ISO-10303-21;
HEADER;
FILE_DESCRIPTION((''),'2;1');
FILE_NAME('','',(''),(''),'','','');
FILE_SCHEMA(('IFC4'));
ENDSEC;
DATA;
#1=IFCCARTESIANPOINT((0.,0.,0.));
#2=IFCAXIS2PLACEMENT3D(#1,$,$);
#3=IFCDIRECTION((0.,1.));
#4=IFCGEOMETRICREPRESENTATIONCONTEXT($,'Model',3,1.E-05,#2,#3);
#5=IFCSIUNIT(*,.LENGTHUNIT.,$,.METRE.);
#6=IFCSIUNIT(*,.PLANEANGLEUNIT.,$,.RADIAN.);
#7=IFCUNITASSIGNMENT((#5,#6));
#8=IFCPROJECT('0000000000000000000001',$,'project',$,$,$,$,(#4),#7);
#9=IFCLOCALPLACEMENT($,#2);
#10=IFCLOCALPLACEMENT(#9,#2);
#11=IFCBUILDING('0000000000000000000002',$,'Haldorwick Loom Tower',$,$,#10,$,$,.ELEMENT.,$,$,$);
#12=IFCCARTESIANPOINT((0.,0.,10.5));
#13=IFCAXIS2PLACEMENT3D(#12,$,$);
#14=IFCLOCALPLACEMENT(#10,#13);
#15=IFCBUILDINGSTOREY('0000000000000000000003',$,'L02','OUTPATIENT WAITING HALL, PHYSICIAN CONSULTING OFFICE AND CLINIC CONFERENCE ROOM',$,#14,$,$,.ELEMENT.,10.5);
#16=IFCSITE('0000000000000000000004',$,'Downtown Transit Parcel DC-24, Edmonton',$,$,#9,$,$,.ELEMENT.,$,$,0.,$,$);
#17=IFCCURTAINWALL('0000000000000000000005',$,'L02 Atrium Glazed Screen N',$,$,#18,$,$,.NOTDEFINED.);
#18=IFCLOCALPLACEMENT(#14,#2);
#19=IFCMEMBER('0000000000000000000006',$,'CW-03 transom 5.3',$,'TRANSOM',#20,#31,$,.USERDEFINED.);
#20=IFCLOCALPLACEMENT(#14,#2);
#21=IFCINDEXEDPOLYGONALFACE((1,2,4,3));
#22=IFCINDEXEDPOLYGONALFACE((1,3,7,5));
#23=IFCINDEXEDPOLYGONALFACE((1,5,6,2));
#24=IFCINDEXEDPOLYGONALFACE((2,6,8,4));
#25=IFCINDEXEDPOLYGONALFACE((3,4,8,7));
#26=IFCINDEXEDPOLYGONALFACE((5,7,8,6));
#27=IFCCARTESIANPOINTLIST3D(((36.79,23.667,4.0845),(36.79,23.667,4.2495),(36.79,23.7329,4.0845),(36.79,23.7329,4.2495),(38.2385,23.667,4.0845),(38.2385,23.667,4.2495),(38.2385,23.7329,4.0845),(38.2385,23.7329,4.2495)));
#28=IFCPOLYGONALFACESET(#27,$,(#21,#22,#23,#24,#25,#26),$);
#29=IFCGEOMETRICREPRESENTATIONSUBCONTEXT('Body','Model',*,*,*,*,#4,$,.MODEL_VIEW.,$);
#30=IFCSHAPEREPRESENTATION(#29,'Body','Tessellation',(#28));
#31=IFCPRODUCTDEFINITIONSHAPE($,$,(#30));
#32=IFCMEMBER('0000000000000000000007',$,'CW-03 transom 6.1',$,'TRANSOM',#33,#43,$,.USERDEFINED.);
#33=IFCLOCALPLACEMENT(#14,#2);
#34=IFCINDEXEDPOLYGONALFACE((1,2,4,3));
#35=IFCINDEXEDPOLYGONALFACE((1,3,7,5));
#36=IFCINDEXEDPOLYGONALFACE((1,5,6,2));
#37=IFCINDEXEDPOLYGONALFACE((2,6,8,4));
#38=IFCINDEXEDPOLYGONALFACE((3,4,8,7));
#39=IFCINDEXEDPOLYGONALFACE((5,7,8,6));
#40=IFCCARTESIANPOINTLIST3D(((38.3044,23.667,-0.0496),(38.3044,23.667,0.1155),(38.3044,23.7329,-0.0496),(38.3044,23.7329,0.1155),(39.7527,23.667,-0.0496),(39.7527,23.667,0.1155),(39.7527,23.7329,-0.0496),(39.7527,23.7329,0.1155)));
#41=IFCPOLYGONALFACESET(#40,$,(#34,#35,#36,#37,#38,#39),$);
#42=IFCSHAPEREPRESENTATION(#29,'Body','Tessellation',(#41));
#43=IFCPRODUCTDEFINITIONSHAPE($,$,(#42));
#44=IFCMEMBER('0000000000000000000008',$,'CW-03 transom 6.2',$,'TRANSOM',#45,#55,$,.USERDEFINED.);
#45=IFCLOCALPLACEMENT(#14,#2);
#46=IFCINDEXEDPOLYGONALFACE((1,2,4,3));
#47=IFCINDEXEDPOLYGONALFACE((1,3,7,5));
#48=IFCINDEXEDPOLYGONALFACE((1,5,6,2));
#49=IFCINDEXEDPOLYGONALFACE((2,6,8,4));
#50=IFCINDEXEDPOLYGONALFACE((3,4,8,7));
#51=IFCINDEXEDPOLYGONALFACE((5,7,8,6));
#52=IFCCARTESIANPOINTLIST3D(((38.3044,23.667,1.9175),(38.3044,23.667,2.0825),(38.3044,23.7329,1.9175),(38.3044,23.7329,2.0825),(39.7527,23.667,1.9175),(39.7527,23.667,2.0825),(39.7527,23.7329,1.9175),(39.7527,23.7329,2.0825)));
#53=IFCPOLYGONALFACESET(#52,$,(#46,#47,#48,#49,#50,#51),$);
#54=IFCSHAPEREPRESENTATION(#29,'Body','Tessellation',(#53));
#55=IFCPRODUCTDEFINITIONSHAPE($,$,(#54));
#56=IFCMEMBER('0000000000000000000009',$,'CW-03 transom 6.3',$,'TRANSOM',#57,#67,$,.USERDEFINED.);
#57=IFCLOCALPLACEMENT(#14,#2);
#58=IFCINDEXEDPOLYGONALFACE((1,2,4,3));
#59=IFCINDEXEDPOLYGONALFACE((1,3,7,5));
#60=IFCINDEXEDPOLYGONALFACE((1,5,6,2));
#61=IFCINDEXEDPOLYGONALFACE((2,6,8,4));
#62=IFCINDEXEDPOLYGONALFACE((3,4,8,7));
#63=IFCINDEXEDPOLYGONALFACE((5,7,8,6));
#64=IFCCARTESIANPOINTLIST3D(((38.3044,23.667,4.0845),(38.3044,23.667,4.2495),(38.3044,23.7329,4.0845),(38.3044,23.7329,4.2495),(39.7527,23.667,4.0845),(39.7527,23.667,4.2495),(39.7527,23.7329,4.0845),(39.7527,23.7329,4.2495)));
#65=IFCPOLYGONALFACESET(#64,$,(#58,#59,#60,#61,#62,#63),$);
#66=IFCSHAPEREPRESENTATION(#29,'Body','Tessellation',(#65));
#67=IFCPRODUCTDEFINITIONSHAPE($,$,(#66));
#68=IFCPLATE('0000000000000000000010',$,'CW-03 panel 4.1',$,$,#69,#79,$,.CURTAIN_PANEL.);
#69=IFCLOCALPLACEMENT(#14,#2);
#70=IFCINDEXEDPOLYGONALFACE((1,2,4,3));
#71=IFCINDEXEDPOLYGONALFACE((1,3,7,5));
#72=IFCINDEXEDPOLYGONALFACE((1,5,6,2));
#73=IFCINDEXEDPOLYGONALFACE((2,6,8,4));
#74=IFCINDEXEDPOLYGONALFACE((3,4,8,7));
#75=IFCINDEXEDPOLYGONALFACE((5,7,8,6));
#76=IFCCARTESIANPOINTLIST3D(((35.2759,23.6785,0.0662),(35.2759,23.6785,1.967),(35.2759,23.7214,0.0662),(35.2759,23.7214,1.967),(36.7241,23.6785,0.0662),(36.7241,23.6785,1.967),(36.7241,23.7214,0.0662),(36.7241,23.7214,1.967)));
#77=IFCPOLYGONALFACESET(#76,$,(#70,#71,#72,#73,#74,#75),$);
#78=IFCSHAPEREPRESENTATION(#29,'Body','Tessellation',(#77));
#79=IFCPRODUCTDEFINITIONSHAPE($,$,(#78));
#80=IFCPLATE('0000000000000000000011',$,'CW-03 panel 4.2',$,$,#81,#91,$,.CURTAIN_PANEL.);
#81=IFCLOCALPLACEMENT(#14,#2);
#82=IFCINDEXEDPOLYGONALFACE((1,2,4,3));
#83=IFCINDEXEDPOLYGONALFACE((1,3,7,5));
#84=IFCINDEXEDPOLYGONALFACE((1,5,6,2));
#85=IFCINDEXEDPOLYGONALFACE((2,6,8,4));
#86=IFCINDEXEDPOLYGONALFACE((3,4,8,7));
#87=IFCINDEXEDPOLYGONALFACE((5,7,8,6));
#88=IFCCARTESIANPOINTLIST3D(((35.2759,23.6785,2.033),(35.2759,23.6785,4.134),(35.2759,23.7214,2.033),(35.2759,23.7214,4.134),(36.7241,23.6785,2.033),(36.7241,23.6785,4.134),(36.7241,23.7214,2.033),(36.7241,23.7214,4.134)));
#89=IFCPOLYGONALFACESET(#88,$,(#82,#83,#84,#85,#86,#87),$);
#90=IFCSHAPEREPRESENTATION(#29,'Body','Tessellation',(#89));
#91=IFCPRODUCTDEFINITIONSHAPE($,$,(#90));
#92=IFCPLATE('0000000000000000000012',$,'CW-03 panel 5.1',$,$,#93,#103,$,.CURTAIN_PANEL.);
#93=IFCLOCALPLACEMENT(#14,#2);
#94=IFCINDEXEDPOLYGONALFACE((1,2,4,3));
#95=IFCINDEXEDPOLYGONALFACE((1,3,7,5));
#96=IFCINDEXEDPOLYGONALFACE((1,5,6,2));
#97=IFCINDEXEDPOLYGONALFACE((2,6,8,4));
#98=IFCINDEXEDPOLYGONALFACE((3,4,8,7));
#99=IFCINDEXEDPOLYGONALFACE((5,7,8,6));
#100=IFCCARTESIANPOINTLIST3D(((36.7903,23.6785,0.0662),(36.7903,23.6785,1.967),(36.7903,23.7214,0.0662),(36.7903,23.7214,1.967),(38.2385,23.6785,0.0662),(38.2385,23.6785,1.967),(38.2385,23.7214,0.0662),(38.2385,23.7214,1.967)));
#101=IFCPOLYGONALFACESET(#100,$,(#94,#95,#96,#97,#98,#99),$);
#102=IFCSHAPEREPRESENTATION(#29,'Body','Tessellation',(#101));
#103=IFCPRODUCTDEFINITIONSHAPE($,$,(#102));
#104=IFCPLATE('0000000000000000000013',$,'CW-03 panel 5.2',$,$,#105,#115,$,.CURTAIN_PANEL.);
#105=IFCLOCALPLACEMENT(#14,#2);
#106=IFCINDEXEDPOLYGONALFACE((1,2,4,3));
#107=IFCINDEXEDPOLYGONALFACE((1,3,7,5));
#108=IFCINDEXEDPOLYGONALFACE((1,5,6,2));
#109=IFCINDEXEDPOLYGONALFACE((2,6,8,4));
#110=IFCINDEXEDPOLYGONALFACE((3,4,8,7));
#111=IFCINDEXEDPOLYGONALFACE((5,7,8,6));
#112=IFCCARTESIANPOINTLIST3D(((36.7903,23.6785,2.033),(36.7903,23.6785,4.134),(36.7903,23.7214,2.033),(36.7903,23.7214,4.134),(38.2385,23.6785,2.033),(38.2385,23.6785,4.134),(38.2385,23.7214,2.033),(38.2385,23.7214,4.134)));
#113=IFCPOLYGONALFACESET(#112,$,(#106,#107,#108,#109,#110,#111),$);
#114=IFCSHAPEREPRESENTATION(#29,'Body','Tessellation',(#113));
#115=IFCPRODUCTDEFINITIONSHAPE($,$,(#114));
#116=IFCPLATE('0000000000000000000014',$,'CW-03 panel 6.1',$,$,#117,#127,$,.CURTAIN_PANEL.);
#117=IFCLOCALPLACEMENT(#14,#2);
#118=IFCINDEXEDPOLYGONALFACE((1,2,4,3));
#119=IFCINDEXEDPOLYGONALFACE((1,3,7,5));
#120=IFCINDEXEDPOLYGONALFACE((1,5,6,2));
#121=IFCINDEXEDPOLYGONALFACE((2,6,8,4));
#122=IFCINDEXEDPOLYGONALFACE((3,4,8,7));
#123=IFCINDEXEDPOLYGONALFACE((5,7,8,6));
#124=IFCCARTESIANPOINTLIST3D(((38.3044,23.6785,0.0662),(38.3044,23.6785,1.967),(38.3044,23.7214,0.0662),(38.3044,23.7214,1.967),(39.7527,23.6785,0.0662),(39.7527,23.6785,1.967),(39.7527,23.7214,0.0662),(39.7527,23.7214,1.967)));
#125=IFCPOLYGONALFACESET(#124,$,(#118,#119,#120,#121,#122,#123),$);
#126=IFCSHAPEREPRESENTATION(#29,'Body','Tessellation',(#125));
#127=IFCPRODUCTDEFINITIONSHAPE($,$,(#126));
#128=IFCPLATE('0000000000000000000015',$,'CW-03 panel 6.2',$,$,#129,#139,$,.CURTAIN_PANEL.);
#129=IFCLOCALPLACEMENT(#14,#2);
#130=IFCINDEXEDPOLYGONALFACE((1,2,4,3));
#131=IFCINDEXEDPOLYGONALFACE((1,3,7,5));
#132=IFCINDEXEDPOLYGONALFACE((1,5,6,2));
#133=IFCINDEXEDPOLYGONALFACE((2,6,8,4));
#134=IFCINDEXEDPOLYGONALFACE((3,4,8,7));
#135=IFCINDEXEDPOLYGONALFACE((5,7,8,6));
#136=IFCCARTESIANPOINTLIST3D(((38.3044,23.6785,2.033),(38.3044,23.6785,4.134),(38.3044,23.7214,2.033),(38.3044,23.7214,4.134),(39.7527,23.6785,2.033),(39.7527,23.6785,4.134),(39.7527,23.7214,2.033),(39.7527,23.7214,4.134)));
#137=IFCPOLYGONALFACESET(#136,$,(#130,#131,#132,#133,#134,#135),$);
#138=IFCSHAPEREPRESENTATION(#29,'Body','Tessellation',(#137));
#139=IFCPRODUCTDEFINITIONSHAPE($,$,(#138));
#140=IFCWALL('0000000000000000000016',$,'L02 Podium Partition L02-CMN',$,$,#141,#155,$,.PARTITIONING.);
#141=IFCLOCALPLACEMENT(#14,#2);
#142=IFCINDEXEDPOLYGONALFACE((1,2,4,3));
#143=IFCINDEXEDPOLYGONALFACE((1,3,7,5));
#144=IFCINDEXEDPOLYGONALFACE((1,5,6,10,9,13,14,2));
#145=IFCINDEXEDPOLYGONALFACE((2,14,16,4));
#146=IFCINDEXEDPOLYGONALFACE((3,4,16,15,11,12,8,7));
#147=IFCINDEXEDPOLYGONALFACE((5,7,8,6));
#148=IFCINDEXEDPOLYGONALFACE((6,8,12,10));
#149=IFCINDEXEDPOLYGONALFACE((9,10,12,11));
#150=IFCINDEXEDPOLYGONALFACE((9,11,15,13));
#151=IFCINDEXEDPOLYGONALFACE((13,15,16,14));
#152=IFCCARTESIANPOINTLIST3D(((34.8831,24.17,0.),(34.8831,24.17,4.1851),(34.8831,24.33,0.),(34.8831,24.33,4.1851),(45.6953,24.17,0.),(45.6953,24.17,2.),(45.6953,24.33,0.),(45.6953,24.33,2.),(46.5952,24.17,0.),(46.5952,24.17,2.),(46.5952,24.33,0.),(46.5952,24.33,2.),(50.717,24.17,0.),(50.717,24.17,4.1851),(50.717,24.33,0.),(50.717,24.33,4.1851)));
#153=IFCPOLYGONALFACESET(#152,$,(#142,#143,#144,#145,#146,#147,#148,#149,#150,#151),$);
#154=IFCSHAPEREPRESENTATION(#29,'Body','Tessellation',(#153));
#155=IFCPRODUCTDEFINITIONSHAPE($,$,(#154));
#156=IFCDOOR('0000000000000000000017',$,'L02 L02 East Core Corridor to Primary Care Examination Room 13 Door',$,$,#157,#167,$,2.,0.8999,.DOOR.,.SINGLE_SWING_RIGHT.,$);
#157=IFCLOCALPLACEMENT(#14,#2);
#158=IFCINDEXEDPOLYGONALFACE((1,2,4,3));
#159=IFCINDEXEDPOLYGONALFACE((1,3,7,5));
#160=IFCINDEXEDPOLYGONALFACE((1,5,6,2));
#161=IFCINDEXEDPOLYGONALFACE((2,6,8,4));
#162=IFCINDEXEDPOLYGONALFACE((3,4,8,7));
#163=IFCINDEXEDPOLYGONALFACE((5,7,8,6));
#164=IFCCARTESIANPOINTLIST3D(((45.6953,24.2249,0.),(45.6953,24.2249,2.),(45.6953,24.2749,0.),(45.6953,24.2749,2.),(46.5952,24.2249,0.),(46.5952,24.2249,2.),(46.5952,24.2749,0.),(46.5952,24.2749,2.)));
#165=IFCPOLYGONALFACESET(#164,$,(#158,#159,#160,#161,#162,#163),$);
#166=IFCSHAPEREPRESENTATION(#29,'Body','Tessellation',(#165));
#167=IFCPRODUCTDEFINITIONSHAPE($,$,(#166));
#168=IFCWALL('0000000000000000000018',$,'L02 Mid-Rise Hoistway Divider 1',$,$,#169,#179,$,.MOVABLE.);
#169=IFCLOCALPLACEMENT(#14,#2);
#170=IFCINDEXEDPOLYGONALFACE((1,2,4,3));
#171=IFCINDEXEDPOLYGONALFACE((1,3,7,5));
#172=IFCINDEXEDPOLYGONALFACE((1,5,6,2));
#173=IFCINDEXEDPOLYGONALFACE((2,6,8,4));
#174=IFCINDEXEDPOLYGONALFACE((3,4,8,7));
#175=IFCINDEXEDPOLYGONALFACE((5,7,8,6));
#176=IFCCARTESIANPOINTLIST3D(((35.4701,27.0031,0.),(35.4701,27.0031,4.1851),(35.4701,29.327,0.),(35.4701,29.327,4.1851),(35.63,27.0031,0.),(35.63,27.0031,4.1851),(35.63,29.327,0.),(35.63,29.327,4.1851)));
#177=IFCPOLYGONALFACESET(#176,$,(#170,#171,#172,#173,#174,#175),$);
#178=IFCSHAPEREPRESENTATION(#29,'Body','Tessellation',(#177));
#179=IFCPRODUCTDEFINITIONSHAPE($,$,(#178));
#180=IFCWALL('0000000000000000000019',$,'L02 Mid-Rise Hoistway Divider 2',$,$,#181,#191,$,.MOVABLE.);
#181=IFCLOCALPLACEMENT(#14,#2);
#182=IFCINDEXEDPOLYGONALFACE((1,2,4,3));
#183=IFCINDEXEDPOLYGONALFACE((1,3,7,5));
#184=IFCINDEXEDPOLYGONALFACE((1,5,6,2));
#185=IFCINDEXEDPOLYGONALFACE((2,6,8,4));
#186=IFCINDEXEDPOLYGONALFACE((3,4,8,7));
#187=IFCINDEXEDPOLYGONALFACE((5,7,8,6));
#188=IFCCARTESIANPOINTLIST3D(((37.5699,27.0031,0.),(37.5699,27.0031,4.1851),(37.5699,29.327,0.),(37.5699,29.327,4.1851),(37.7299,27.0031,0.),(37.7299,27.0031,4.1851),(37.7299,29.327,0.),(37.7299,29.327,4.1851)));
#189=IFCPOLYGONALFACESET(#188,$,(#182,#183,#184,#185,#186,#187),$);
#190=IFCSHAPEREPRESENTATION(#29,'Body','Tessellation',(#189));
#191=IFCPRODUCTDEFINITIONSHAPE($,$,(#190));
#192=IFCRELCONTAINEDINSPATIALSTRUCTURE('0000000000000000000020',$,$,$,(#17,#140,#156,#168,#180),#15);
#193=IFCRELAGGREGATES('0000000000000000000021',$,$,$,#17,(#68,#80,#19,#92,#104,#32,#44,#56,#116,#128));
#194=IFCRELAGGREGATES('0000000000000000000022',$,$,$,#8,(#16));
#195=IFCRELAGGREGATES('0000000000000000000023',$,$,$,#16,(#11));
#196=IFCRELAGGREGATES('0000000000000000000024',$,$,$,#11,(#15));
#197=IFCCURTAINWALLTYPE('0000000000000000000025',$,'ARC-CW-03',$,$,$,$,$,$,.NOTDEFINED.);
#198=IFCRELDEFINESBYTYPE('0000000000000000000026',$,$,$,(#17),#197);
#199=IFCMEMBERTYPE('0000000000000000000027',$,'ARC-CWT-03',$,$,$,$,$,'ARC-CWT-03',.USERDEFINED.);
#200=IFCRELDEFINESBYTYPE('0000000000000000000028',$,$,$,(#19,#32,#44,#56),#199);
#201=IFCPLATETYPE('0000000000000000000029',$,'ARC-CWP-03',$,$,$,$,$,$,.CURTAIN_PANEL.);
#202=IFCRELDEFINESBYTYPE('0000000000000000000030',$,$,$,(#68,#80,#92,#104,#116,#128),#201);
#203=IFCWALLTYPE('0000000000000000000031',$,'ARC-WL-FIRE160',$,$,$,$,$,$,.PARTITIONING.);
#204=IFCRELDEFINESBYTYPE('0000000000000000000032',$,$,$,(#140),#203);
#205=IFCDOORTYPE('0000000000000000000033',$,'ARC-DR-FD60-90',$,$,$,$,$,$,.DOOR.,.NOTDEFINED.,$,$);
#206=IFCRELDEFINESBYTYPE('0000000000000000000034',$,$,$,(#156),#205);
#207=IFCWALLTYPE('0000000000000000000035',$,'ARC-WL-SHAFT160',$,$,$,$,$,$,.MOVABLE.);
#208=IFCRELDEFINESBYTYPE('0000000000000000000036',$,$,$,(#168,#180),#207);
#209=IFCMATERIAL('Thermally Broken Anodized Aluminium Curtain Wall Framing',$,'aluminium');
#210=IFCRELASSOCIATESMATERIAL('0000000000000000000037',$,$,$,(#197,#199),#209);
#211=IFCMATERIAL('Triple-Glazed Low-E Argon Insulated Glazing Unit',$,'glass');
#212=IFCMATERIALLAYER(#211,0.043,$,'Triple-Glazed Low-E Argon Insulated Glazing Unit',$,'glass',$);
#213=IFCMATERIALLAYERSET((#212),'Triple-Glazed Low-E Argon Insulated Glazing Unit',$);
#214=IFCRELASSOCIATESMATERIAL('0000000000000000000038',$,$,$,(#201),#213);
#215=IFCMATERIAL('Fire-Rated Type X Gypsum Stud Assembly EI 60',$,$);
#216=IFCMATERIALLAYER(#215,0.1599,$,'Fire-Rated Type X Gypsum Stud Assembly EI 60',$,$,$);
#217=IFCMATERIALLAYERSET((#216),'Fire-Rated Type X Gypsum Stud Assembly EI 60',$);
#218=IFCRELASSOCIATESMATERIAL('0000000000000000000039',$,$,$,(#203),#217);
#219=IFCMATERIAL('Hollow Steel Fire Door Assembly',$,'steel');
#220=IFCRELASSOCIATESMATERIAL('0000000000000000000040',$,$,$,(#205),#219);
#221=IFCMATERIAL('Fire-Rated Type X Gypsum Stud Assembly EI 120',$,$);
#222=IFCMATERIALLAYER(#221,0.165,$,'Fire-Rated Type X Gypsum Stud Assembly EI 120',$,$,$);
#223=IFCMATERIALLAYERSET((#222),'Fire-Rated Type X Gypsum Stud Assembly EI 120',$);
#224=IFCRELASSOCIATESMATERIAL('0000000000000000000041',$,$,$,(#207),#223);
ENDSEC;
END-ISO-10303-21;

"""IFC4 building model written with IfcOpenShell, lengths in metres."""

from ifc_helpers import new_model, si_unit, direction, frame, frame_2d, origin, origin_2d, place, context, subcontext, project, spatial, rectangle, extrude, material, layer, layer_set, material_profile, profile_set, type_object, element, fill, aggregate, save


model = new_model("IFC4")

# Units and contexts
model_context = context("Model", 3, precision=1e-05, world=origin(), true_north=direction((0.0, 1.0)))
body_context = subcontext(model_context, "Body", "Model", "MODEL_VIEW")
ifc_project = project(units=[si_unit("LENGTHUNIT", "METRE"), si_unit("PLANEANGLEUNIT", "RADIAN")], contexts=[model_context])

# Site, building, storey
site_placement = place(None, origin())
site = spatial("IfcSite", under=ifc_project, at=site_placement, Name="Downtown Transit Parcel DC-24, Edmonton", CompositionType="ELEMENT", RefElevation=0.0)
building_placement = place(site_placement, origin())
building = spatial("IfcBuilding", under=site, at=building_placement, Name="Haldorwick Loom Tower", CompositionType="ELEMENT")
storey_placement = place(building_placement, frame((0.0, 0.0, 10.5)))
storey = spatial("IfcBuildingStorey", under=building, at=storey_placement, Name="L02", Description="OUTPATIENT WAITING HALL, PHYSICIAN CONSULTING OFFICE AND CLINIC CONFERENCE ROOM", CompositionType="ELEMENT", Elevation=10.5)

# Curtain wall, members, plates
ifc_material_1 = material(Name="Thermally Broken Anodized Aluminium Curtain Wall Framing", Category="aluminium")
curtain_wall_type = type_object("IfcCurtainWallType", Name="ARC-CW-03", PredefinedType="NOTDEFINED", material=ifc_material_1)
curtain_wall_placement = place(storey_placement, origin())
curtain_wall = element("IfcCurtainWall", 1, at=curtain_wall_placement, inside=storey, type_object=curtain_wall_type, Name="L02 Atrium Glazed Screen N", PredefinedType="NOTDEFINED")
ifc_material_profile_1 = material_profile(ifc_material_1, rectangle(XDim=0.0659, YDim=0.165, at=origin_2d()), Name="ALU_TRN_66X165", Category="aluminium")
ifc_profile_set_1 = profile_set([ifc_material_profile_1], Name="Thermally Broken Anodized Aluminium Curtain Wall Framing")
member_type_1 = type_object("IfcMemberType", Name="ARC-CWT-03", ElementType="ARC-CWT-03", PredefinedType="USERDEFINED", material=ifc_profile_set_1)
member_1_placement = place(storey_placement, frame((36.79, 23.7, 4.167), z_axis=(1.0, 0.0, 0.0), x_axis=(0.0, 1.0, 0.0)))
member_1 = element("IfcMember", 2, at=member_1_placement, type_object=member_type_1, Name="CW-03 transom 5.3", ObjectType="TRANSOM", PredefinedType="USERDEFINED", context=body_context, shape_type="SweptSolid", body=[
    extrude(rectangle(XDim=0.0659, YDim=0.165, at=origin_2d()), origin(), (0.0, 0.0, 1.0), 1.4485),
])
member_2_placement = place(storey_placement, frame((38.3044, 23.7, 0.033), z_axis=(1.0, 0.0, 0.0), x_axis=(0.0, 1.0, 0.0)))
member_2 = element("IfcMember", 3, at=member_2_placement, type_object=member_type_1, Name="CW-03 transom 6.1", ObjectType="TRANSOM", PredefinedType="USERDEFINED", context=body_context, shape_type="SweptSolid", body=[
    extrude(rectangle(XDim=0.0659, YDim=0.165, at=origin_2d()), origin(), (0.0, 0.0, 1.0), 1.4482),
])
member_3_placement = place(storey_placement, frame((38.3044, 23.7, 2.0), z_axis=(1.0, 0.0, 0.0), x_axis=(0.0, 1.0, 0.0)))
member_3 = element("IfcMember", 4, at=member_3_placement, type_object=member_type_1, Name="CW-03 transom 6.2", ObjectType="TRANSOM", PredefinedType="USERDEFINED", context=body_context, shape_type="SweptSolid", body=[
    extrude(rectangle(XDim=0.0659, YDim=0.165, at=origin_2d()), origin(), (0.0, 0.0, 1.0), 1.4482),
])
member_4_placement = place(storey_placement, frame((38.3044, 23.7, 4.167), z_axis=(1.0, 0.0, 0.0), x_axis=(0.0, 1.0, 0.0)))
member_4 = element("IfcMember", 5, at=member_4_placement, type_object=member_type_1, Name="CW-03 transom 6.3", ObjectType="TRANSOM", PredefinedType="USERDEFINED", context=body_context, shape_type="SweptSolid", body=[
    extrude(rectangle(XDim=0.0659, YDim=0.165, at=origin_2d()), origin(), (0.0, 0.0, 1.0), 1.4482),
])
ifc_material_2 = material(Name="Triple-Glazed Low-E Argon Insulated Glazing Unit", Category="glass")
ifc_layer_1 = layer(ifc_material_2, 0.043, Name="Triple-Glazed Low-E Argon Insulated Glazing Unit", Category="glass")
ifc_layer_set_1 = layer_set([ifc_layer_1], Name="Triple-Glazed Low-E Argon Insulated Glazing Unit")
plate_type = type_object("IfcPlateType", Name="ARC-CWP-03", PredefinedType="CURTAIN_PANEL", material=ifc_layer_set_1)
plate_1_placement = place(storey_placement, frame((36.0, 23.7, 0.0662), z_axis=(0.0, 0.0, 1.0), x_axis=(1.0, 0.0, 0.0)))
plate_1 = element("IfcPlate", 6, at=plate_1_placement, type_object=plate_type, Name="CW-03 panel 4.1", PredefinedType="CURTAIN_PANEL", context=body_context, shape_type="SweptSolid", body=[
    extrude(rectangle(XDim=1.4482, YDim=0.043, at=origin_2d()), origin(), (0.0, 0.0, 1.0), 1.9009),
])
plate_2_placement = place(storey_placement, frame((36.0, 23.7, 2.033), z_axis=(0.0, 0.0, 1.0), x_axis=(1.0, 0.0, 0.0)))
plate_2 = element("IfcPlate", 7, at=plate_2_placement, type_object=plate_type, Name="CW-03 panel 4.2", PredefinedType="CURTAIN_PANEL", context=body_context, shape_type="SweptSolid", body=[
    extrude(rectangle(XDim=1.4482, YDim=0.043, at=origin_2d()), origin(), (0.0, 0.0, 1.0), 2.1011),
])
plate_3_placement = place(storey_placement, frame((37.5144, 23.7, 0.0662), z_axis=(0.0, 0.0, 1.0), x_axis=(1.0, 0.0, 0.0)))
plate_3 = element("IfcPlate", 8, at=plate_3_placement, type_object=plate_type, Name="CW-03 panel 5.1", PredefinedType="CURTAIN_PANEL", context=body_context, shape_type="SweptSolid", body=[
    extrude(rectangle(XDim=1.4482, YDim=0.043, at=origin_2d()), origin(), (0.0, 0.0, 1.0), 1.9009),
])
plate_4_placement = place(storey_placement, frame((37.5144, 23.7, 2.033), z_axis=(0.0, 0.0, 1.0), x_axis=(1.0, 0.0, 0.0)))
plate_4 = element("IfcPlate", 9, at=plate_4_placement, type_object=plate_type, Name="CW-03 panel 5.2", PredefinedType="CURTAIN_PANEL", context=body_context, shape_type="SweptSolid", body=[
    extrude(rectangle(XDim=1.4482, YDim=0.043, at=origin_2d()), origin(), (0.0, 0.0, 1.0), 2.1011),
])
plate_5_placement = place(storey_placement, frame((39.0286, 23.7, 0.0662), z_axis=(0.0, 0.0, 1.0), x_axis=(1.0, 0.0, 0.0)))
plate_5 = element("IfcPlate", 10, at=plate_5_placement, type_object=plate_type, Name="CW-03 panel 6.1", PredefinedType="CURTAIN_PANEL", context=body_context, shape_type="SweptSolid", body=[
    extrude(rectangle(XDim=1.4482, YDim=0.043, at=origin_2d()), origin(), (0.0, 0.0, 1.0), 1.9009),
])
plate_6_placement = place(storey_placement, frame((39.0286, 23.7, 2.033), z_axis=(0.0, 0.0, 1.0), x_axis=(1.0, 0.0, 0.0)))
plate_6 = element("IfcPlate", 11, at=plate_6_placement, type_object=plate_type, Name="CW-03 panel 6.2", PredefinedType="CURTAIN_PANEL", context=body_context, shape_type="SweptSolid", body=[
    extrude(rectangle(XDim=1.4482, YDim=0.043, at=origin_2d()), origin(), (0.0, 0.0, 1.0), 2.1011),
])
aggregate(curtain_wall, [plate_1, plate_2, member_1, plate_3, plate_4, member_2, member_3, member_4, plate_5, plate_6])

# Wall, opening, door
ifc_material_3 = material(Name="Fire-Rated Type X Gypsum Stud Assembly EI 60")
ifc_layer_2 = layer(ifc_material_3, 0.1599, Name="Fire-Rated Type X Gypsum Stud Assembly EI 60")
ifc_layer_set_2 = layer_set([ifc_layer_2], Name="Fire-Rated Type X Gypsum Stud Assembly EI 60")
wall_type_1 = type_object("IfcWallType", Name="ARC-WL-FIRE160", PredefinedType="PARTITIONING", material=ifc_layer_set_2)
wall_placement = place(storey_placement, frame((34.8831, 24.25, 0.0), z_axis=(0.0, 0.0, 1.0), x_axis=(1.0, 0.0, 0.0)))
wall = element("IfcWall", 12, at=wall_placement, inside=storey, type_object=wall_type_1, Name="L02 Podium Partition L02-CMN", PredefinedType="PARTITIONING", context=body_context, shape_type="SweptSolid", body=[
    extrude(rectangle(XDim=15.834, YDim=0.1599, at=frame_2d((7.917, 0.0))), origin(), (0.0, 0.0, 1.0), 4.1851),
])
opening_placement = place(wall_placement, frame((10.8123, 0.0, 0.0)))
opening = element("IfcOpeningElement", 13, at=opening_placement, cuts=wall, PredefinedType="OPENING", context=body_context, shape_type="SweptSolid", body=[
    extrude(rectangle(XDim=0.8999, YDim=2.0, at=frame_2d((0.45, 1.0))), frame((0.0, 0.0898, 0.0), z_axis=(0.0, -1.0, 0.0), x_axis=(1.0, 0.0, 0.0)), (0.0, 0.0, 1.0), 0.1799),
])
ifc_material_4 = material(Name="Hollow Steel Fire Door Assembly", Category="steel")
door_type = type_object("IfcDoorType", Name="ARC-DR-FD60-90", OperationType="NOTDEFINED", PredefinedType="DOOR", material=ifc_material_4)
door_placement = place(opening_placement, origin())
door = element("IfcDoor", 14, at=door_placement, inside=storey, type_object=door_type, Name="L02 L02 East Core Corridor to Primary Care Examination Room 13 Door", OperationType="SINGLE_SWING_RIGHT", OverallHeight=2.0, OverallWidth=0.8999, PredefinedType="DOOR", context=body_context, shape_type="SweptSolid", body=[
    extrude(rectangle(XDim=0.8999, YDim=2.0, at=frame_2d((0.45, 1.0))), frame((0.0, 0.0249, 0.0), z_axis=(0.0, -1.0, 0.0), x_axis=(1.0, 0.0, 0.0)), (0.0, 0.0, 1.0), 0.05),
])
fill(opening, door)

# Walls
ifc_material_5 = material(Name="Fire-Rated Type X Gypsum Stud Assembly EI 120")
ifc_layer_3 = layer(ifc_material_5, 0.165, Name="Fire-Rated Type X Gypsum Stud Assembly EI 120")
ifc_layer_set_3 = layer_set([ifc_layer_3], Name="Fire-Rated Type X Gypsum Stud Assembly EI 120")
wall_type_2 = type_object("IfcWallType", Name="ARC-WL-SHAFT160", PredefinedType="MOVABLE", material=ifc_layer_set_3)
for number, where, z_axis, x_axis, name in (
    (15, (35.55, 27.0029, 0.0), (0.0, 0.0, 1.0), (0.0, 1.0, 0.0), "L02 Mid-Rise Hoistway Divider 1"),
    (16, (37.6499, 27.0029, 0.0), (0.0, 0.0, 1.0), (0.0, 1.0, 0.0), "L02 Mid-Rise Hoistway Divider 2"),
):
    element("IfcWall", number, at=place(storey_placement, frame(where, z_axis=z_axis, x_axis=x_axis)), inside=storey, type_object=wall_type_2, Name=name, PredefinedType="MOVABLE", context=body_context, shape_type="SweptSolid", body=[
        extrude(rectangle(XDim=2.324, YDim=0.1599, at=frame_2d((1.1621, 0.0))), origin(), (0.0, 0.0, 1.0), 4.1851),
    ])

save(model, "model.ifc")
